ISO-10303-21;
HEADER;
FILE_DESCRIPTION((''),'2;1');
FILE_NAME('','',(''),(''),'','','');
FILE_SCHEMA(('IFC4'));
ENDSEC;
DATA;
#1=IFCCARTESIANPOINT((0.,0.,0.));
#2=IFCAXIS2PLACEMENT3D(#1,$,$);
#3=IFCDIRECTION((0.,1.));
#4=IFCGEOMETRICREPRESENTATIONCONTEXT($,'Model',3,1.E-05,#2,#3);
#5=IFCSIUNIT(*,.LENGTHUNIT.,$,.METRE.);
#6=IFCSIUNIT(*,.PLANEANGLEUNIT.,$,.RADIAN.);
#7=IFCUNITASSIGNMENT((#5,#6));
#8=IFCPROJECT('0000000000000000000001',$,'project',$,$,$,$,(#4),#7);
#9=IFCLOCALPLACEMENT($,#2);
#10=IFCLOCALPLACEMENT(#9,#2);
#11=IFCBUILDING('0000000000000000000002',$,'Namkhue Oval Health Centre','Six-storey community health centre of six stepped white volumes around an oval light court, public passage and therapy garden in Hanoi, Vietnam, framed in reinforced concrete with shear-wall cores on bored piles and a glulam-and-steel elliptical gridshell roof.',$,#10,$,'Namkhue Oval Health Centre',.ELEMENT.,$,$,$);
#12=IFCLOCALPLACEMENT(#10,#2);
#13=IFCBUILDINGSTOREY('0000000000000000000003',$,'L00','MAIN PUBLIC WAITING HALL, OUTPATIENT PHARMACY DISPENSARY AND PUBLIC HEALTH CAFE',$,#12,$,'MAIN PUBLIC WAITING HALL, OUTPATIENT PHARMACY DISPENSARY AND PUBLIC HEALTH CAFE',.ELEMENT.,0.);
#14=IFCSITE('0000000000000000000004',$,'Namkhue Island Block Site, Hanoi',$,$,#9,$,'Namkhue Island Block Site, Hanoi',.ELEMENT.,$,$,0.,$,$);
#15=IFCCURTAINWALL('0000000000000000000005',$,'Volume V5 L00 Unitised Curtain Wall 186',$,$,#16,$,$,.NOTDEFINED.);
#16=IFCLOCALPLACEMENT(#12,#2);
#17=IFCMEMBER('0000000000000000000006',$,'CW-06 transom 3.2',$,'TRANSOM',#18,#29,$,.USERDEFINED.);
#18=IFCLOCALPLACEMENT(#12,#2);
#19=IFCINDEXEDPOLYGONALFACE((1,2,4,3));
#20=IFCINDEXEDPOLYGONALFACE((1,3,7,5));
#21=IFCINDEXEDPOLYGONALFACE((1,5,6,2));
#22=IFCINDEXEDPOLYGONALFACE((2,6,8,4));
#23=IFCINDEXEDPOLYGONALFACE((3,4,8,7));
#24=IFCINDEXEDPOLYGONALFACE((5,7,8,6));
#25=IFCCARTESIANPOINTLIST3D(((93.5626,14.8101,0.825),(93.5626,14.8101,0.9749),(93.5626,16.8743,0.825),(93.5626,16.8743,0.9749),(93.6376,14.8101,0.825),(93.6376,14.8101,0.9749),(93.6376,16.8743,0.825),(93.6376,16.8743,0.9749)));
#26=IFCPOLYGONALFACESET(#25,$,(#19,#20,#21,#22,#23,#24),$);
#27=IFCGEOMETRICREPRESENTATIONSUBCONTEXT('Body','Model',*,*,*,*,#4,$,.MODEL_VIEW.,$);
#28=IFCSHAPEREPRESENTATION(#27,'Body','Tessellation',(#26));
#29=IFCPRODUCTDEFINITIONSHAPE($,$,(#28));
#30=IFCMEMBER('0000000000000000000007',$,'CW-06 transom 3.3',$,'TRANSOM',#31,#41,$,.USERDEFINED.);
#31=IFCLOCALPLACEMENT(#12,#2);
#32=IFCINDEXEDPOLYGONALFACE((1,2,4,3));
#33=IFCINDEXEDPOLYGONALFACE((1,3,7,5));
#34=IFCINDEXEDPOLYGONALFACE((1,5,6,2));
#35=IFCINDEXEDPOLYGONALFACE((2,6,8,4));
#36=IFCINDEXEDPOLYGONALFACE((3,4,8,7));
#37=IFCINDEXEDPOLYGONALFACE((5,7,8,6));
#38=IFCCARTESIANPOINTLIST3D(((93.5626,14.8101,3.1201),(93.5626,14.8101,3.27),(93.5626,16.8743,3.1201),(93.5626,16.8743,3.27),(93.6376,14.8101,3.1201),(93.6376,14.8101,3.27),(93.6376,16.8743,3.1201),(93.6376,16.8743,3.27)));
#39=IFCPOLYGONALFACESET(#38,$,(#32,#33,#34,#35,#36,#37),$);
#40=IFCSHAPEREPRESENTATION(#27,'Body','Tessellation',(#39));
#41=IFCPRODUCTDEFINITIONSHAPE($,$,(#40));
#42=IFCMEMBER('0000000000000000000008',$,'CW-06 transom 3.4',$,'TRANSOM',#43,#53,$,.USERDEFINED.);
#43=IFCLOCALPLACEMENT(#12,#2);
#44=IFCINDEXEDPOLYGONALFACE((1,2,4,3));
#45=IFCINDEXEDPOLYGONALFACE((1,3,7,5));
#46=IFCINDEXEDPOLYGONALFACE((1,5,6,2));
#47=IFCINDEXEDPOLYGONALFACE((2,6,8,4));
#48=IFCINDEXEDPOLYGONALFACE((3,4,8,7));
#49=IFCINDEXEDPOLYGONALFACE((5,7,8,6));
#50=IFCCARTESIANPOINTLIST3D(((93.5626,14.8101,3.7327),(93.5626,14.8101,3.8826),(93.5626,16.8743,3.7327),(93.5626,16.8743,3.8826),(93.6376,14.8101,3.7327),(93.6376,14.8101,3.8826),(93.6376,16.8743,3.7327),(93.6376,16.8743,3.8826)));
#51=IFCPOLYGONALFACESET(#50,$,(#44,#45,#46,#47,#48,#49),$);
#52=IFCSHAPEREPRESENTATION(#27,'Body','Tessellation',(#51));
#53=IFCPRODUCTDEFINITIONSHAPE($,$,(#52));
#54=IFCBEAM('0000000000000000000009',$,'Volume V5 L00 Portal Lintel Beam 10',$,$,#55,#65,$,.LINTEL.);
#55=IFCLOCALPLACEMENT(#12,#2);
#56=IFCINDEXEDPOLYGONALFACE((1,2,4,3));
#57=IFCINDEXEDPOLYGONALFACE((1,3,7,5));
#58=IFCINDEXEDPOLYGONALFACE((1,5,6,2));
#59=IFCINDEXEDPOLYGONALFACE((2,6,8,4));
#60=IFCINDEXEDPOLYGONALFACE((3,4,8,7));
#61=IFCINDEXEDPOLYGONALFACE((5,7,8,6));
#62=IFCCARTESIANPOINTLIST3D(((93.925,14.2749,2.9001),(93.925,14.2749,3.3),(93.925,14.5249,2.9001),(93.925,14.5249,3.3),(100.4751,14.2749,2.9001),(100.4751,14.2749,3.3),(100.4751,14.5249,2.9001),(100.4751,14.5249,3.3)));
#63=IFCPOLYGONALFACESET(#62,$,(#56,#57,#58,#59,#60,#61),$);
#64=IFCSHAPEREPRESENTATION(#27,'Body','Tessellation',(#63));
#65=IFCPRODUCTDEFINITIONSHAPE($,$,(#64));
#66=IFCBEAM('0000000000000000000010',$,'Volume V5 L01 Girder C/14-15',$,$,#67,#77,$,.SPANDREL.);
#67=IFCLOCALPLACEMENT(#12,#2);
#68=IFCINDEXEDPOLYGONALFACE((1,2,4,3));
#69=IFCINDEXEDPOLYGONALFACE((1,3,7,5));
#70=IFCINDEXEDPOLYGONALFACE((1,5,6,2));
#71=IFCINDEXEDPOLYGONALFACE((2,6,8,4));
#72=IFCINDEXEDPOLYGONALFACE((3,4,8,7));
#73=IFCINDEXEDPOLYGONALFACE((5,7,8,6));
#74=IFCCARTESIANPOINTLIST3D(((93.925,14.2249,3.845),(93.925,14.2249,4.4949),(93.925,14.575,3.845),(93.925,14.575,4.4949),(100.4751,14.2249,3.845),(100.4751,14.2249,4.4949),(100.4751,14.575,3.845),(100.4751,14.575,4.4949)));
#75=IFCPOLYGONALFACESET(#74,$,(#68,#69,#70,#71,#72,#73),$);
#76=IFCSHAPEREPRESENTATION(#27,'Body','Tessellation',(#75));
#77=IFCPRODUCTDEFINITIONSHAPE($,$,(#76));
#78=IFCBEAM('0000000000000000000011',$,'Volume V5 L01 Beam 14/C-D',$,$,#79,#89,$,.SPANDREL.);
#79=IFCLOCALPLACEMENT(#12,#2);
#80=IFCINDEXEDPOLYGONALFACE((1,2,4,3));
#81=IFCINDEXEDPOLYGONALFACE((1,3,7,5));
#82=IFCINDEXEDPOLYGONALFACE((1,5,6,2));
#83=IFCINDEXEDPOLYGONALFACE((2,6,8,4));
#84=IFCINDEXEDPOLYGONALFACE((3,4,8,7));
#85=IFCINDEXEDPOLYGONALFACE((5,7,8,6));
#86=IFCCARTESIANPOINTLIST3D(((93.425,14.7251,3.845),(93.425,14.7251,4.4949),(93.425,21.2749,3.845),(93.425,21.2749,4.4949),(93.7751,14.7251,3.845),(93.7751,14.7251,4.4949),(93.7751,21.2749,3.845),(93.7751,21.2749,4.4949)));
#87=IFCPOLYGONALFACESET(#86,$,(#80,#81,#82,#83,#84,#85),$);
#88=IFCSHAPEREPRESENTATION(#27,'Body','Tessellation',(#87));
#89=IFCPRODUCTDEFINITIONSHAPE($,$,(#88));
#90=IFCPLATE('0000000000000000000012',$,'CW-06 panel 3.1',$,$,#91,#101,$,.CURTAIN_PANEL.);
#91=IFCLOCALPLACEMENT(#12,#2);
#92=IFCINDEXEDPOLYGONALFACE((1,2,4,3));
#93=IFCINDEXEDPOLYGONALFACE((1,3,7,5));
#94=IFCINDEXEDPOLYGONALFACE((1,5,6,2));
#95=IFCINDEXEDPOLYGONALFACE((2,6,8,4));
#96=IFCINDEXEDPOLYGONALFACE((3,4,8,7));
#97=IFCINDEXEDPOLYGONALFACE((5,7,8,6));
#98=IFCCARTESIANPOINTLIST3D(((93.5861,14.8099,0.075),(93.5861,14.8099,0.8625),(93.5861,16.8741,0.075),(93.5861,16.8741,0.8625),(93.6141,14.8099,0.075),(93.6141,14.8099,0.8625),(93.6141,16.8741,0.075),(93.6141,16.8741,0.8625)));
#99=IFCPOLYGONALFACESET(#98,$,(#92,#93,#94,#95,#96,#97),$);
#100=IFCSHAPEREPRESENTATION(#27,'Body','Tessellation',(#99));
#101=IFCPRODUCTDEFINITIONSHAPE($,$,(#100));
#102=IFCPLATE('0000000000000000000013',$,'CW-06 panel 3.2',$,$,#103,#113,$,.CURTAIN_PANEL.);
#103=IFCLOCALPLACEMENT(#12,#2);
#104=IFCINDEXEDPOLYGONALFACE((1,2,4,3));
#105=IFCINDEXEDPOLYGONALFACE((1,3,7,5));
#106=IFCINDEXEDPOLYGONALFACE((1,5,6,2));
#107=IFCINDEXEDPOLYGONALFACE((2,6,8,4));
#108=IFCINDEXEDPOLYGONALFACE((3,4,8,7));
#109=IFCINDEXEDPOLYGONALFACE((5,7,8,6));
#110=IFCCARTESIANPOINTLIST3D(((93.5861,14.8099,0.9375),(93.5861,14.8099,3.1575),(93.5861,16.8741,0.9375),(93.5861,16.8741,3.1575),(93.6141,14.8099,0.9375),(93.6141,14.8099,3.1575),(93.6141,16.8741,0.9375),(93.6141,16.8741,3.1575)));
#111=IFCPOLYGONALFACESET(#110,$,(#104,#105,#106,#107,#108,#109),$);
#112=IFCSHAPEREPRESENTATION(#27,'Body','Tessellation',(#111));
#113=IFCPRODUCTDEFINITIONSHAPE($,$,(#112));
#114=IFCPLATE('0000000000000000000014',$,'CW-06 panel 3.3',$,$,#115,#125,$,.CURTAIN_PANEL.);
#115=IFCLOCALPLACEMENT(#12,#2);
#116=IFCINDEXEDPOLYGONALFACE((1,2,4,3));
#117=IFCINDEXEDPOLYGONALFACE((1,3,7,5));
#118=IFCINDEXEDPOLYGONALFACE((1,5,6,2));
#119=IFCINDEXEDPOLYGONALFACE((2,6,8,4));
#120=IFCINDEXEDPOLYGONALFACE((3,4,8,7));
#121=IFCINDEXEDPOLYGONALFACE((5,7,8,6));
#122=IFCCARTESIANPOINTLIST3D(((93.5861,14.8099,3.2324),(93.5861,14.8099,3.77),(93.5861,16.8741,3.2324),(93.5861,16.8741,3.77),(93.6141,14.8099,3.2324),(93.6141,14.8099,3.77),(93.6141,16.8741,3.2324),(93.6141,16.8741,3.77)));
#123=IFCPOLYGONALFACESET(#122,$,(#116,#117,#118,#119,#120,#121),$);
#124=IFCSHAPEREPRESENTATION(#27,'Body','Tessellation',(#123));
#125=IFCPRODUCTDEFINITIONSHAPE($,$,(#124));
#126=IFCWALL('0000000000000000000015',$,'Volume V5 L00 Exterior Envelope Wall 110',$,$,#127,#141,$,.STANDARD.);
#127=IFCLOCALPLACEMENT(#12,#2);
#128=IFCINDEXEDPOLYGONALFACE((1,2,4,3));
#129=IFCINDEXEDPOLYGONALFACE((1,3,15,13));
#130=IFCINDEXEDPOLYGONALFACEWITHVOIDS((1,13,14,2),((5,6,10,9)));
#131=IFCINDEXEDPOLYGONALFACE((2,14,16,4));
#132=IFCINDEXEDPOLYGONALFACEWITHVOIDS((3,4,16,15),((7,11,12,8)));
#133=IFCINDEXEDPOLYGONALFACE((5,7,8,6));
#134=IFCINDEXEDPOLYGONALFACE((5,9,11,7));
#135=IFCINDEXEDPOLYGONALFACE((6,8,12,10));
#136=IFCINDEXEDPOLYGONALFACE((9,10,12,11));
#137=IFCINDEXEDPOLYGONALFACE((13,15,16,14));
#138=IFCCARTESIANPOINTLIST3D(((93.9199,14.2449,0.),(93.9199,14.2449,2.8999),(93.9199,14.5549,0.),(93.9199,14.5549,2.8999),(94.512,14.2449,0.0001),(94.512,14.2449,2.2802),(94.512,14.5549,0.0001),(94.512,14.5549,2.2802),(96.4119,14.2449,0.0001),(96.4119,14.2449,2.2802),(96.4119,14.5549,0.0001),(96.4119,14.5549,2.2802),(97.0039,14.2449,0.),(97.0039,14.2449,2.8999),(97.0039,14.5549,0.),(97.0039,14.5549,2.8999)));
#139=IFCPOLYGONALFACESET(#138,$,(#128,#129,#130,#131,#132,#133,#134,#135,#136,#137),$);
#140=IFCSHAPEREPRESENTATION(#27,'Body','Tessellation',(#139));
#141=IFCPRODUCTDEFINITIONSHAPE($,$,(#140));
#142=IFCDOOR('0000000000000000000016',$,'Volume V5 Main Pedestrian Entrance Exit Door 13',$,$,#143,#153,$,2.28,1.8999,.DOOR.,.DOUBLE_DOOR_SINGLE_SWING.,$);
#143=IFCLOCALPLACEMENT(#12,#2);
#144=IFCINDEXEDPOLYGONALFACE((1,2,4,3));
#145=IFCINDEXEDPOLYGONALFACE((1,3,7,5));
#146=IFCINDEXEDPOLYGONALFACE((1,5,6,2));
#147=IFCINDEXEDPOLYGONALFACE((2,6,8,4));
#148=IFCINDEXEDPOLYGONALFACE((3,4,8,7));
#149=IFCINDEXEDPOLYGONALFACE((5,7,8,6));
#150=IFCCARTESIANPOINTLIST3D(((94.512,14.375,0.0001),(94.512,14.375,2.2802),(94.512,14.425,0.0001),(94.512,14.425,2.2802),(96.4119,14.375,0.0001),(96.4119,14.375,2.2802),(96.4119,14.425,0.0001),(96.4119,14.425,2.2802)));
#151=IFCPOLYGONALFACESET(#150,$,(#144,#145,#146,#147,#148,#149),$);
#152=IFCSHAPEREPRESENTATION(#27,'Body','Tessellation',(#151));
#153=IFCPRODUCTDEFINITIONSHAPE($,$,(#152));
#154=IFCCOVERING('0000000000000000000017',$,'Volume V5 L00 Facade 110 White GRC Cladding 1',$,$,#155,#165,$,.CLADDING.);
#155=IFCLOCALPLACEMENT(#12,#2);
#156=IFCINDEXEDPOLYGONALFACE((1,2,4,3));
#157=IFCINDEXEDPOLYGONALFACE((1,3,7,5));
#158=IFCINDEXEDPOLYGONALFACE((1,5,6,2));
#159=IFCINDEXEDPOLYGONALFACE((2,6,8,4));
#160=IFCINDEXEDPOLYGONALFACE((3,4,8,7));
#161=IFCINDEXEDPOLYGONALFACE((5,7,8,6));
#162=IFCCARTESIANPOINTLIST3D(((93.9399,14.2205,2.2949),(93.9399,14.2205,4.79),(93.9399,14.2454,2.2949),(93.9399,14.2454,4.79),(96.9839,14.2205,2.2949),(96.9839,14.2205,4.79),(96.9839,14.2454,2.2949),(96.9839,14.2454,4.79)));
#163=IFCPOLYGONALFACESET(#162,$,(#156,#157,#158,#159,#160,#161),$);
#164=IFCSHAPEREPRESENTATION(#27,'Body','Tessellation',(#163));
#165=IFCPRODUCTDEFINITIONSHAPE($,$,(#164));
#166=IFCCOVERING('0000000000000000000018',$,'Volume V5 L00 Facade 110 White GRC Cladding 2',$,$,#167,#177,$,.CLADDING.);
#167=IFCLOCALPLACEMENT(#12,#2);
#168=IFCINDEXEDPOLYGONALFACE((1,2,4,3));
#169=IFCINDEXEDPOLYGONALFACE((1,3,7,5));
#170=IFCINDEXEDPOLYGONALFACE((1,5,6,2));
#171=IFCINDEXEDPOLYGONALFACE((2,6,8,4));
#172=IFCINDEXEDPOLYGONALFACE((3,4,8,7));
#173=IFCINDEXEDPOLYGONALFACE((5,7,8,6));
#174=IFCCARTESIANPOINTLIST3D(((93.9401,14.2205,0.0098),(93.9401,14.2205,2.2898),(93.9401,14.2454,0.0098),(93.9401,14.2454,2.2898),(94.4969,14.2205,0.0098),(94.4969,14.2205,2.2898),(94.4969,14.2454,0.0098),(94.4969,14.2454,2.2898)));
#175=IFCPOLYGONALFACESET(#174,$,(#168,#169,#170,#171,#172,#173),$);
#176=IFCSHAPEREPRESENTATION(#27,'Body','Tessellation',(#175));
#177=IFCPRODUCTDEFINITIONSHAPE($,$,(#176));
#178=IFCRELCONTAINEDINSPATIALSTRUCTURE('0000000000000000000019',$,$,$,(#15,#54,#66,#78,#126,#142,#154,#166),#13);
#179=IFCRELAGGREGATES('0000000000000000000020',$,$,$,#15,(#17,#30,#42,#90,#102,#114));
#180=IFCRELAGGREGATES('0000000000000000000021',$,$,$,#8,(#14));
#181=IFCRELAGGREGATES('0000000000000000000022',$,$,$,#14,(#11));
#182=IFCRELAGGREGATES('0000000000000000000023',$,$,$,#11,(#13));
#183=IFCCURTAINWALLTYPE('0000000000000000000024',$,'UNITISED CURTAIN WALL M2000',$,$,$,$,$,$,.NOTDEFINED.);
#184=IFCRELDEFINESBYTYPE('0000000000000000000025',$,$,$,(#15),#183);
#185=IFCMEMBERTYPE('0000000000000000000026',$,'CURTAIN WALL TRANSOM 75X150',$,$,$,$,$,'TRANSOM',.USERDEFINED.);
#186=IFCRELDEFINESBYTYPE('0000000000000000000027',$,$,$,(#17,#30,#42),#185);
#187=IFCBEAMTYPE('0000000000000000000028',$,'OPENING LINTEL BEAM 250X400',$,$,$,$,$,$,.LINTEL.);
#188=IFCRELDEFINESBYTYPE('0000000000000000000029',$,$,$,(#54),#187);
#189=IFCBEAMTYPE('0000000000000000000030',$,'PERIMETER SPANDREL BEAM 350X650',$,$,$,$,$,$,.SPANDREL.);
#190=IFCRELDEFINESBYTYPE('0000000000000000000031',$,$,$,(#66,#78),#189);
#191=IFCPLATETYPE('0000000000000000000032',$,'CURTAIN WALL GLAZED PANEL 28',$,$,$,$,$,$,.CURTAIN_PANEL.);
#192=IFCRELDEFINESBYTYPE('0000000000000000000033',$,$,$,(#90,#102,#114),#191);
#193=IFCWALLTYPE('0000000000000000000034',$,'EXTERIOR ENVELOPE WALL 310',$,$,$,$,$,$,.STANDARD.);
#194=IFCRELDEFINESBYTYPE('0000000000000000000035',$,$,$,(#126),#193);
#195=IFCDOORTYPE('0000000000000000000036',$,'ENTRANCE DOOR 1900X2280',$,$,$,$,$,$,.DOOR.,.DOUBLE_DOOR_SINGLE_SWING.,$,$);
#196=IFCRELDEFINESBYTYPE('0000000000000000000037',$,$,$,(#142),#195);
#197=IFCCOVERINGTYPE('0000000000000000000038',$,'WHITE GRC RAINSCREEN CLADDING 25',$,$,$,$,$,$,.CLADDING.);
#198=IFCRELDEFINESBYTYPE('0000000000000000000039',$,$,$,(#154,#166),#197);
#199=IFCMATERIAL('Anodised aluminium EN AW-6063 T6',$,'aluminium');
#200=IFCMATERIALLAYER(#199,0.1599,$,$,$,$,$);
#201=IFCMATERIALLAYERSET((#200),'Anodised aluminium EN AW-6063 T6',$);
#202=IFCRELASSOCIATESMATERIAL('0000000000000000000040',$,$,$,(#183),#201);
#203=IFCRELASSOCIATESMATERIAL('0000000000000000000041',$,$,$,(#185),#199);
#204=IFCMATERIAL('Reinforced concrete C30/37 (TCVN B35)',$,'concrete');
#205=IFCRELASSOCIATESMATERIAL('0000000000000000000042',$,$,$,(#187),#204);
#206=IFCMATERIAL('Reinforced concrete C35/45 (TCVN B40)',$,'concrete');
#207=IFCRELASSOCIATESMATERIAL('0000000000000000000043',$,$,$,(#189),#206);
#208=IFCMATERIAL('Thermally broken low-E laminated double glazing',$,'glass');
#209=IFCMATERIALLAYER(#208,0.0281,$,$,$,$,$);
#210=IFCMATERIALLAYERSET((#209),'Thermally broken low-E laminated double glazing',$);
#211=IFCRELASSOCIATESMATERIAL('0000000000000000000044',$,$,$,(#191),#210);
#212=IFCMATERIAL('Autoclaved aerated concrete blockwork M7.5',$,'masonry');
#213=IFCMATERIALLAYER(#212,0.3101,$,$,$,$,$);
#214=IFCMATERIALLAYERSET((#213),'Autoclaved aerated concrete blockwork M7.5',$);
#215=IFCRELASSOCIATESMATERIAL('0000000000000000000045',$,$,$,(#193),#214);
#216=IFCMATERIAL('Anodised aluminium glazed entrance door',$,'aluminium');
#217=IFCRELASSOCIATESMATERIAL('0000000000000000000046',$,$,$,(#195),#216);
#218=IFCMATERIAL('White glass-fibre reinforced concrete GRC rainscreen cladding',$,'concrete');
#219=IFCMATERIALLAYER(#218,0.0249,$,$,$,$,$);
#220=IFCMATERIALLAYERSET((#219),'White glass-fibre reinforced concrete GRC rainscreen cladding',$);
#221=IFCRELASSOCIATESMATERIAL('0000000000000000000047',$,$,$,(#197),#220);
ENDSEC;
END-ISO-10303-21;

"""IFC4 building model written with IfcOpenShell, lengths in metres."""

from ifc_helpers import new_model, si_unit, direction, frame, frame_2d, origin, origin_2d, place, context, subcontext, project, spatial, rectangle, extrude, material, layer, layer_set, material_profile, profile_set, type_object, element, fill, aggregate, save


model = new_model("IFC4")

# Units and contexts
model_context = context("Model", 3, precision=1e-05, world=origin(), true_north=direction((0.0, 1.0)))
body_context = subcontext(model_context, "Body", "Model", "MODEL_VIEW")
ifc_project = project(units=[si_unit("LENGTHUNIT", "METRE"), si_unit("PLANEANGLEUNIT", "RADIAN")], contexts=[model_context])

# Site, building, storey
site_placement = place(None, origin())
site = spatial("IfcSite", under=ifc_project, at=site_placement, Name="Namkhue Island Block Site, Hanoi", LongName="Namkhue Island Block Site, Hanoi", CompositionType="ELEMENT", RefElevation=0.0)
building_placement = place(site_placement, origin())
building = spatial("IfcBuilding", under=site, at=building_placement, Name="Namkhue Oval Health Centre", Description="Six-storey community health centre of six stepped white volumes around an oval light court, public passage and therapy garden in Hanoi, Vietnam, framed in reinforced concrete with shear-wall cores on bored piles and a glulam-and-steel elliptical gridshell roof.", LongName="Namkhue Oval Health Centre", CompositionType="ELEMENT")
storey_placement = place(building_placement, origin())
storey = spatial("IfcBuildingStorey", under=building, at=storey_placement, Name="L00", Description="MAIN PUBLIC WAITING HALL, OUTPATIENT PHARMACY DISPENSARY AND PUBLIC HEALTH CAFE", LongName="MAIN PUBLIC WAITING HALL, OUTPATIENT PHARMACY DISPENSARY AND PUBLIC HEALTH CAFE", CompositionType="ELEMENT", Elevation=0.0)

# Shared definitions
ifc_material_1 = material(Name="Reinforced concrete C30/37 (TCVN B35)", Category="concrete")

# Shared definitions
ifc_material_2 = material(Name="Reinforced concrete C35/45 (TCVN B40)", Category="concrete")

# Shared definitions
ifc_material_3 = material(Name="Anodised aluminium EN AW-6063 T6", Category="aluminium")

# Curtain wall
ifc_layer_1 = layer(ifc_material_3, 0.1599)
ifc_layer_set_1 = layer_set([ifc_layer_1], Name="Anodised aluminium EN AW-6063 T6")
curtain_wall_type_1 = type_object("IfcCurtainWallType", Name="UNITISED CURTAIN WALL M2000", PredefinedType="NOTDEFINED", material=ifc_layer_set_1)
curtain_wall_1_placement = place(storey_placement, origin())
curtain_wall_1 = element("IfcCurtainWall", 1, at=curtain_wall_1_placement, inside=storey, type_object=curtain_wall_type_1, Name="Volume V5 L00 Unitised Curtain Wall 186", PredefinedType="NOTDEFINED")

# Members
ifc_material_profile_1 = material_profile(ifc_material_3, rectangle(XDim=0.075, YDim=0.1499, at=origin_2d()), Name="ALU 75x150")
ifc_profile_set_1 = profile_set([ifc_material_profile_1], Name="Anodised aluminium EN AW-6063 T6")
member_type_1 = type_object("IfcMemberType", Name="CURTAIN WALL TRANSOM 75X150", ElementType="TRANSOM", PredefinedType="USERDEFINED", material=ifc_profile_set_1)
member_1_placement = place(storey_placement, frame((93.6001, 16.8743, 0.8999), z_axis=(0.0, -1.0, 0.0), x_axis=(1.0, 0.0, 0.0)))
member_1 = element("IfcMember", 2, at=member_1_placement, type_object=member_type_1, Name="CW-06 transom 3.2", ObjectType="TRANSOM", PredefinedType="USERDEFINED", context=body_context, shape_type="SweptSolid", body=[
    extrude(rectangle(XDim=0.075, YDim=0.1499, at=origin_2d()), origin(), (0.0, 0.0, 1.0), 2.0642),
])
member_2_placement = place(storey_placement, frame((93.6001, 16.8743, 3.1951), z_axis=(0.0, -1.0, 0.0), x_axis=(1.0, 0.0, 0.0)))
member_2 = element("IfcMember", 3, at=member_2_placement, type_object=member_type_1, Name="CW-06 transom 3.3", ObjectType="TRANSOM", PredefinedType="USERDEFINED", context=body_context, shape_type="SweptSolid", body=[
    extrude(rectangle(XDim=0.075, YDim=0.1499, at=origin_2d()), origin(), (0.0, 0.0, 1.0), 2.0642),
])
member_3_placement = place(storey_placement, frame((93.6001, 16.8743, 3.8076), z_axis=(0.0, -1.0, 0.0), x_axis=(1.0, 0.0, 0.0)))
member_3 = element("IfcMember", 4, at=member_3_placement, type_object=member_type_1, Name="CW-06 transom 3.4", ObjectType="TRANSOM", PredefinedType="USERDEFINED", context=body_context, shape_type="SweptSolid", body=[
    extrude(rectangle(XDim=0.075, YDim=0.1499, at=origin_2d()), origin(), (0.0, 0.0, 1.0), 2.0642),
])

# Beams
ifc_material_profile_2 = material_profile(ifc_material_1, rectangle(XDim=0.25, YDim=0.3999, at=origin_2d()), Name="RC 250x400")
ifc_profile_set_2 = profile_set([ifc_material_profile_2], Name="Reinforced concrete C30/37 (TCVN B35)")
beam_type_1 = type_object("IfcBeamType", Name="OPENING LINTEL BEAM 250X400", PredefinedType="LINTEL", material=ifc_profile_set_2)
beam_1_placement = place(storey_placement, frame((93.925, 14.3999, 3.1001), z_axis=(1.0, 0.0, 0.0), x_axis=(0.0, 1.0, 0.0)))
element("IfcBeam", 5, at=beam_1_placement, inside=storey, type_object=beam_type_1, Name="Volume V5 L00 Portal Lintel Beam 10", PredefinedType="LINTEL", context=body_context, shape_type="SweptSolid", body=[
    extrude(rectangle(XDim=0.25, YDim=0.3999, at=origin_2d()), origin(), (0.0, 0.0, 1.0), 6.55),
])
ifc_material_profile_3 = material_profile(ifc_material_2, rectangle(XDim=0.3501, YDim=0.6499, at=origin_2d()), Name="RC 350x650")
ifc_profile_set_3 = profile_set([ifc_material_profile_3], Name="Reinforced concrete C35/45 (TCVN B40)")
beam_type_2 = type_object("IfcBeamType", Name="PERIMETER SPANDREL BEAM 350X650", PredefinedType="SPANDREL", material=ifc_profile_set_3)
beam_2_placement = place(storey_placement, frame((93.925, 14.3999, 4.1699), z_axis=(1.0, 0.0, 0.0), x_axis=(0.0, 1.0, 0.0)))
element("IfcBeam", 6, at=beam_2_placement, inside=storey, type_object=beam_type_2, Name="Volume V5 L01 Girder C/14-15", PredefinedType="SPANDREL", context=body_context, shape_type="SweptSolid", body=[
    extrude(rectangle(XDim=0.3501, YDim=0.6499, at=origin_2d()), origin(), (0.0, 0.0, 1.0), 6.55),
])
beam_3_placement = place(storey_placement, frame((93.6001, 14.7251, 4.1699), z_axis=(0.0, 1.0, 0.0), x_axis=(-1.0, 0.0, 0.0)))
element("IfcBeam", 7, at=beam_3_placement, inside=storey, type_object=beam_type_2, Name="Volume V5 L01 Beam 14/C-D", PredefinedType="SPANDREL", context=body_context, shape_type="SweptSolid", body=[
    extrude(rectangle(XDim=0.3501, YDim=0.6499, at=origin_2d()), origin(), (0.0, 0.0, 1.0), 6.5498),
])

# Plates
ifc_material_4 = material(Name="Thermally broken low-E laminated double glazing", Category="glass")
ifc_layer_2 = layer(ifc_material_4, 0.0281)
ifc_layer_set_2 = layer_set([ifc_layer_2], Name="Thermally broken low-E laminated double glazing")
plate_type = type_object("IfcPlateType", Name="CURTAIN WALL GLAZED PANEL 28", PredefinedType="CURTAIN_PANEL", material=ifc_layer_set_2)
plate_1_placement = place(storey_placement, frame((93.6001, 15.842, 0.075), z_axis=(0.0, 0.0, 1.0), x_axis=(0.0, -1.0, 0.0)))
plate_1 = element("IfcPlate", 8, at=plate_1_placement, type_object=plate_type, Name="CW-06 panel 3.1", PredefinedType="CURTAIN_PANEL", context=body_context, shape_type="SweptSolid", body=[
    extrude(rectangle(XDim=2.0642, YDim=0.0281, at=origin_2d()), origin(), (0.0, 0.0, 1.0), 0.7876),
])
plate_2_placement = place(storey_placement, frame((93.6001, 15.842, 0.9375), z_axis=(0.0, 0.0, 1.0), x_axis=(0.0, -1.0, 0.0)))
plate_2 = element("IfcPlate", 9, at=plate_2_placement, type_object=plate_type, Name="CW-06 panel 3.2", PredefinedType="CURTAIN_PANEL", context=body_context, shape_type="SweptSolid", body=[
    extrude(rectangle(XDim=2.0642, YDim=0.0281, at=origin_2d()), origin(), (0.0, 0.0, 1.0), 2.22),
])
plate_3_placement = place(storey_placement, frame((93.6001, 15.842, 3.2324), z_axis=(0.0, 0.0, 1.0), x_axis=(0.0, -1.0, 0.0)))
plate_3 = element("IfcPlate", 10, at=plate_3_placement, type_object=plate_type, Name="CW-06 panel 3.3", PredefinedType="CURTAIN_PANEL", context=body_context, shape_type="SweptSolid", body=[
    extrude(rectangle(XDim=2.0642, YDim=0.0281, at=origin_2d()), origin(), (0.0, 0.0, 1.0), 0.5376),
])
aggregate(curtain_wall_1, [member_1, member_2, member_3, plate_1, plate_2, plate_3])

# Wall, opening, door
ifc_material_5 = material(Name="Autoclaved aerated concrete blockwork M7.5", Category="masonry")
ifc_layer_3 = layer(ifc_material_5, 0.3101)
ifc_layer_set_3 = layer_set([ifc_layer_3], Name="Autoclaved aerated concrete blockwork M7.5")
wall_type = type_object("IfcWallType", Name="EXTERIOR ENVELOPE WALL 310", PredefinedType="STANDARD", material=ifc_layer_set_3)
wall_placement = place(storey_placement, frame((93.9199, 14.3999, 0.0), z_axis=(0.0, 0.0, 1.0), x_axis=(1.0, 0.0, 0.0)))
wall = element("IfcWall", 11, at=wall_placement, inside=storey, type_object=wall_type, Name="Volume V5 L00 Exterior Envelope Wall 110", PredefinedType="STANDARD", context=body_context, shape_type="SweptSolid", body=[
    extrude(rectangle(XDim=3.084, YDim=0.3101, at=frame_2d((1.542, 0.0))), origin(), (0.0, 0.0, 1.0), 2.8999),
])
opening_placement = place(wall_placement, frame((0.592, 0.0, 0.0)))
opening = element("IfcOpeningElement", 12, at=opening_placement, cuts=wall, PredefinedType="OPENING", context=body_context, shape_type="SweptSolid", body=[
    extrude(rectangle(XDim=1.8999, YDim=2.28, at=frame_2d((0.95, 1.1401))), frame((0.0, 0.165, 0.0), z_axis=(0.0, -1.0, 0.0), x_axis=(1.0, 0.0, 0.0)), (0.0, 0.0, 1.0), 0.3301),
])
ifc_material_6 = material(Name="Anodised aluminium glazed entrance door", Category="aluminium")
door_type = type_object("IfcDoorType", Name="ENTRANCE DOOR 1900X2280", OperationType="DOUBLE_DOOR_SINGLE_SWING", PredefinedType="DOOR", material=ifc_material_6)
door_placement = place(opening_placement, frame((1.8999, 0.0, 0.0), z_axis=(0.0, 0.0, 1.0), x_axis=(-1.0, 0.0, 0.0)))
door = element("IfcDoor", 13, at=door_placement, inside=storey, type_object=door_type, Name="Volume V5 Main Pedestrian Entrance Exit Door 13", OperationType="DOUBLE_DOOR_SINGLE_SWING", OverallHeight=2.28, OverallWidth=1.8999, PredefinedType="DOOR", context=body_context, shape_type="SweptSolid", body=[
    extrude(rectangle(XDim=1.8999, YDim=2.28, at=frame_2d((0.95, 1.1401))), frame((0.0, 0.0249, 0.0), z_axis=(0.0, -1.0, 0.0), x_axis=(1.0, 0.0, 0.0)), (0.0, 0.0, 1.0), 0.05),
])
fill(opening, door)

# Coverings
ifc_material_7 = material(Name="White glass-fibre reinforced concrete GRC rainscreen cladding", Category="concrete")
ifc_layer_4 = layer(ifc_material_7, 0.0249)
ifc_layer_set_4 = layer_set([ifc_layer_4], Name="White glass-fibre reinforced concrete GRC rainscreen cladding")
covering_type = type_object("IfcCoveringType", Name="WHITE GRC RAINSCREEN CLADDING 25", PredefinedType="CLADDING", material=ifc_layer_set_4)
covering_placement = place(storey_placement, frame((95.4619, 14.2329, 2.2949), z_axis=(0.0, 0.0, 1.0), x_axis=(1.0, 0.0, 0.0)))
element("IfcCovering", 14, at=covering_placement, inside=storey, type_object=covering_type, Name="Volume V5 L00 Facade 110 White GRC Cladding 1", PredefinedType="CLADDING", context=body_context, shape_type="SweptSolid", body=[
    extrude(rectangle(XDim=3.0439, YDim=0.0249, at=origin_2d()), origin(), (0.0, 0.0, 1.0), 2.4951),
])
for number, where, z_axis, x_axis, name in (
    (15, (94.2185, 14.2329, 0.0098), (0.0, 0.0, 1.0), (1.0, 0.0, 0.0), "Volume V5 L00 Facade 110 White GRC Cladding 2"),
):
    element("IfcCovering", number, at=place(storey_placement, frame(where, z_axis=z_axis, x_axis=x_axis)), inside=storey, type_object=covering_type, Name=name, PredefinedType="CLADDING", context=body_context, shape_type="SweptSolid", body=[
        extrude(rectangle(XDim=0.5569, YDim=0.0249, at=origin_2d()), origin(), (0.0, 0.0, 1.0), 2.28),
    ])

save(model, "model.ifc")
